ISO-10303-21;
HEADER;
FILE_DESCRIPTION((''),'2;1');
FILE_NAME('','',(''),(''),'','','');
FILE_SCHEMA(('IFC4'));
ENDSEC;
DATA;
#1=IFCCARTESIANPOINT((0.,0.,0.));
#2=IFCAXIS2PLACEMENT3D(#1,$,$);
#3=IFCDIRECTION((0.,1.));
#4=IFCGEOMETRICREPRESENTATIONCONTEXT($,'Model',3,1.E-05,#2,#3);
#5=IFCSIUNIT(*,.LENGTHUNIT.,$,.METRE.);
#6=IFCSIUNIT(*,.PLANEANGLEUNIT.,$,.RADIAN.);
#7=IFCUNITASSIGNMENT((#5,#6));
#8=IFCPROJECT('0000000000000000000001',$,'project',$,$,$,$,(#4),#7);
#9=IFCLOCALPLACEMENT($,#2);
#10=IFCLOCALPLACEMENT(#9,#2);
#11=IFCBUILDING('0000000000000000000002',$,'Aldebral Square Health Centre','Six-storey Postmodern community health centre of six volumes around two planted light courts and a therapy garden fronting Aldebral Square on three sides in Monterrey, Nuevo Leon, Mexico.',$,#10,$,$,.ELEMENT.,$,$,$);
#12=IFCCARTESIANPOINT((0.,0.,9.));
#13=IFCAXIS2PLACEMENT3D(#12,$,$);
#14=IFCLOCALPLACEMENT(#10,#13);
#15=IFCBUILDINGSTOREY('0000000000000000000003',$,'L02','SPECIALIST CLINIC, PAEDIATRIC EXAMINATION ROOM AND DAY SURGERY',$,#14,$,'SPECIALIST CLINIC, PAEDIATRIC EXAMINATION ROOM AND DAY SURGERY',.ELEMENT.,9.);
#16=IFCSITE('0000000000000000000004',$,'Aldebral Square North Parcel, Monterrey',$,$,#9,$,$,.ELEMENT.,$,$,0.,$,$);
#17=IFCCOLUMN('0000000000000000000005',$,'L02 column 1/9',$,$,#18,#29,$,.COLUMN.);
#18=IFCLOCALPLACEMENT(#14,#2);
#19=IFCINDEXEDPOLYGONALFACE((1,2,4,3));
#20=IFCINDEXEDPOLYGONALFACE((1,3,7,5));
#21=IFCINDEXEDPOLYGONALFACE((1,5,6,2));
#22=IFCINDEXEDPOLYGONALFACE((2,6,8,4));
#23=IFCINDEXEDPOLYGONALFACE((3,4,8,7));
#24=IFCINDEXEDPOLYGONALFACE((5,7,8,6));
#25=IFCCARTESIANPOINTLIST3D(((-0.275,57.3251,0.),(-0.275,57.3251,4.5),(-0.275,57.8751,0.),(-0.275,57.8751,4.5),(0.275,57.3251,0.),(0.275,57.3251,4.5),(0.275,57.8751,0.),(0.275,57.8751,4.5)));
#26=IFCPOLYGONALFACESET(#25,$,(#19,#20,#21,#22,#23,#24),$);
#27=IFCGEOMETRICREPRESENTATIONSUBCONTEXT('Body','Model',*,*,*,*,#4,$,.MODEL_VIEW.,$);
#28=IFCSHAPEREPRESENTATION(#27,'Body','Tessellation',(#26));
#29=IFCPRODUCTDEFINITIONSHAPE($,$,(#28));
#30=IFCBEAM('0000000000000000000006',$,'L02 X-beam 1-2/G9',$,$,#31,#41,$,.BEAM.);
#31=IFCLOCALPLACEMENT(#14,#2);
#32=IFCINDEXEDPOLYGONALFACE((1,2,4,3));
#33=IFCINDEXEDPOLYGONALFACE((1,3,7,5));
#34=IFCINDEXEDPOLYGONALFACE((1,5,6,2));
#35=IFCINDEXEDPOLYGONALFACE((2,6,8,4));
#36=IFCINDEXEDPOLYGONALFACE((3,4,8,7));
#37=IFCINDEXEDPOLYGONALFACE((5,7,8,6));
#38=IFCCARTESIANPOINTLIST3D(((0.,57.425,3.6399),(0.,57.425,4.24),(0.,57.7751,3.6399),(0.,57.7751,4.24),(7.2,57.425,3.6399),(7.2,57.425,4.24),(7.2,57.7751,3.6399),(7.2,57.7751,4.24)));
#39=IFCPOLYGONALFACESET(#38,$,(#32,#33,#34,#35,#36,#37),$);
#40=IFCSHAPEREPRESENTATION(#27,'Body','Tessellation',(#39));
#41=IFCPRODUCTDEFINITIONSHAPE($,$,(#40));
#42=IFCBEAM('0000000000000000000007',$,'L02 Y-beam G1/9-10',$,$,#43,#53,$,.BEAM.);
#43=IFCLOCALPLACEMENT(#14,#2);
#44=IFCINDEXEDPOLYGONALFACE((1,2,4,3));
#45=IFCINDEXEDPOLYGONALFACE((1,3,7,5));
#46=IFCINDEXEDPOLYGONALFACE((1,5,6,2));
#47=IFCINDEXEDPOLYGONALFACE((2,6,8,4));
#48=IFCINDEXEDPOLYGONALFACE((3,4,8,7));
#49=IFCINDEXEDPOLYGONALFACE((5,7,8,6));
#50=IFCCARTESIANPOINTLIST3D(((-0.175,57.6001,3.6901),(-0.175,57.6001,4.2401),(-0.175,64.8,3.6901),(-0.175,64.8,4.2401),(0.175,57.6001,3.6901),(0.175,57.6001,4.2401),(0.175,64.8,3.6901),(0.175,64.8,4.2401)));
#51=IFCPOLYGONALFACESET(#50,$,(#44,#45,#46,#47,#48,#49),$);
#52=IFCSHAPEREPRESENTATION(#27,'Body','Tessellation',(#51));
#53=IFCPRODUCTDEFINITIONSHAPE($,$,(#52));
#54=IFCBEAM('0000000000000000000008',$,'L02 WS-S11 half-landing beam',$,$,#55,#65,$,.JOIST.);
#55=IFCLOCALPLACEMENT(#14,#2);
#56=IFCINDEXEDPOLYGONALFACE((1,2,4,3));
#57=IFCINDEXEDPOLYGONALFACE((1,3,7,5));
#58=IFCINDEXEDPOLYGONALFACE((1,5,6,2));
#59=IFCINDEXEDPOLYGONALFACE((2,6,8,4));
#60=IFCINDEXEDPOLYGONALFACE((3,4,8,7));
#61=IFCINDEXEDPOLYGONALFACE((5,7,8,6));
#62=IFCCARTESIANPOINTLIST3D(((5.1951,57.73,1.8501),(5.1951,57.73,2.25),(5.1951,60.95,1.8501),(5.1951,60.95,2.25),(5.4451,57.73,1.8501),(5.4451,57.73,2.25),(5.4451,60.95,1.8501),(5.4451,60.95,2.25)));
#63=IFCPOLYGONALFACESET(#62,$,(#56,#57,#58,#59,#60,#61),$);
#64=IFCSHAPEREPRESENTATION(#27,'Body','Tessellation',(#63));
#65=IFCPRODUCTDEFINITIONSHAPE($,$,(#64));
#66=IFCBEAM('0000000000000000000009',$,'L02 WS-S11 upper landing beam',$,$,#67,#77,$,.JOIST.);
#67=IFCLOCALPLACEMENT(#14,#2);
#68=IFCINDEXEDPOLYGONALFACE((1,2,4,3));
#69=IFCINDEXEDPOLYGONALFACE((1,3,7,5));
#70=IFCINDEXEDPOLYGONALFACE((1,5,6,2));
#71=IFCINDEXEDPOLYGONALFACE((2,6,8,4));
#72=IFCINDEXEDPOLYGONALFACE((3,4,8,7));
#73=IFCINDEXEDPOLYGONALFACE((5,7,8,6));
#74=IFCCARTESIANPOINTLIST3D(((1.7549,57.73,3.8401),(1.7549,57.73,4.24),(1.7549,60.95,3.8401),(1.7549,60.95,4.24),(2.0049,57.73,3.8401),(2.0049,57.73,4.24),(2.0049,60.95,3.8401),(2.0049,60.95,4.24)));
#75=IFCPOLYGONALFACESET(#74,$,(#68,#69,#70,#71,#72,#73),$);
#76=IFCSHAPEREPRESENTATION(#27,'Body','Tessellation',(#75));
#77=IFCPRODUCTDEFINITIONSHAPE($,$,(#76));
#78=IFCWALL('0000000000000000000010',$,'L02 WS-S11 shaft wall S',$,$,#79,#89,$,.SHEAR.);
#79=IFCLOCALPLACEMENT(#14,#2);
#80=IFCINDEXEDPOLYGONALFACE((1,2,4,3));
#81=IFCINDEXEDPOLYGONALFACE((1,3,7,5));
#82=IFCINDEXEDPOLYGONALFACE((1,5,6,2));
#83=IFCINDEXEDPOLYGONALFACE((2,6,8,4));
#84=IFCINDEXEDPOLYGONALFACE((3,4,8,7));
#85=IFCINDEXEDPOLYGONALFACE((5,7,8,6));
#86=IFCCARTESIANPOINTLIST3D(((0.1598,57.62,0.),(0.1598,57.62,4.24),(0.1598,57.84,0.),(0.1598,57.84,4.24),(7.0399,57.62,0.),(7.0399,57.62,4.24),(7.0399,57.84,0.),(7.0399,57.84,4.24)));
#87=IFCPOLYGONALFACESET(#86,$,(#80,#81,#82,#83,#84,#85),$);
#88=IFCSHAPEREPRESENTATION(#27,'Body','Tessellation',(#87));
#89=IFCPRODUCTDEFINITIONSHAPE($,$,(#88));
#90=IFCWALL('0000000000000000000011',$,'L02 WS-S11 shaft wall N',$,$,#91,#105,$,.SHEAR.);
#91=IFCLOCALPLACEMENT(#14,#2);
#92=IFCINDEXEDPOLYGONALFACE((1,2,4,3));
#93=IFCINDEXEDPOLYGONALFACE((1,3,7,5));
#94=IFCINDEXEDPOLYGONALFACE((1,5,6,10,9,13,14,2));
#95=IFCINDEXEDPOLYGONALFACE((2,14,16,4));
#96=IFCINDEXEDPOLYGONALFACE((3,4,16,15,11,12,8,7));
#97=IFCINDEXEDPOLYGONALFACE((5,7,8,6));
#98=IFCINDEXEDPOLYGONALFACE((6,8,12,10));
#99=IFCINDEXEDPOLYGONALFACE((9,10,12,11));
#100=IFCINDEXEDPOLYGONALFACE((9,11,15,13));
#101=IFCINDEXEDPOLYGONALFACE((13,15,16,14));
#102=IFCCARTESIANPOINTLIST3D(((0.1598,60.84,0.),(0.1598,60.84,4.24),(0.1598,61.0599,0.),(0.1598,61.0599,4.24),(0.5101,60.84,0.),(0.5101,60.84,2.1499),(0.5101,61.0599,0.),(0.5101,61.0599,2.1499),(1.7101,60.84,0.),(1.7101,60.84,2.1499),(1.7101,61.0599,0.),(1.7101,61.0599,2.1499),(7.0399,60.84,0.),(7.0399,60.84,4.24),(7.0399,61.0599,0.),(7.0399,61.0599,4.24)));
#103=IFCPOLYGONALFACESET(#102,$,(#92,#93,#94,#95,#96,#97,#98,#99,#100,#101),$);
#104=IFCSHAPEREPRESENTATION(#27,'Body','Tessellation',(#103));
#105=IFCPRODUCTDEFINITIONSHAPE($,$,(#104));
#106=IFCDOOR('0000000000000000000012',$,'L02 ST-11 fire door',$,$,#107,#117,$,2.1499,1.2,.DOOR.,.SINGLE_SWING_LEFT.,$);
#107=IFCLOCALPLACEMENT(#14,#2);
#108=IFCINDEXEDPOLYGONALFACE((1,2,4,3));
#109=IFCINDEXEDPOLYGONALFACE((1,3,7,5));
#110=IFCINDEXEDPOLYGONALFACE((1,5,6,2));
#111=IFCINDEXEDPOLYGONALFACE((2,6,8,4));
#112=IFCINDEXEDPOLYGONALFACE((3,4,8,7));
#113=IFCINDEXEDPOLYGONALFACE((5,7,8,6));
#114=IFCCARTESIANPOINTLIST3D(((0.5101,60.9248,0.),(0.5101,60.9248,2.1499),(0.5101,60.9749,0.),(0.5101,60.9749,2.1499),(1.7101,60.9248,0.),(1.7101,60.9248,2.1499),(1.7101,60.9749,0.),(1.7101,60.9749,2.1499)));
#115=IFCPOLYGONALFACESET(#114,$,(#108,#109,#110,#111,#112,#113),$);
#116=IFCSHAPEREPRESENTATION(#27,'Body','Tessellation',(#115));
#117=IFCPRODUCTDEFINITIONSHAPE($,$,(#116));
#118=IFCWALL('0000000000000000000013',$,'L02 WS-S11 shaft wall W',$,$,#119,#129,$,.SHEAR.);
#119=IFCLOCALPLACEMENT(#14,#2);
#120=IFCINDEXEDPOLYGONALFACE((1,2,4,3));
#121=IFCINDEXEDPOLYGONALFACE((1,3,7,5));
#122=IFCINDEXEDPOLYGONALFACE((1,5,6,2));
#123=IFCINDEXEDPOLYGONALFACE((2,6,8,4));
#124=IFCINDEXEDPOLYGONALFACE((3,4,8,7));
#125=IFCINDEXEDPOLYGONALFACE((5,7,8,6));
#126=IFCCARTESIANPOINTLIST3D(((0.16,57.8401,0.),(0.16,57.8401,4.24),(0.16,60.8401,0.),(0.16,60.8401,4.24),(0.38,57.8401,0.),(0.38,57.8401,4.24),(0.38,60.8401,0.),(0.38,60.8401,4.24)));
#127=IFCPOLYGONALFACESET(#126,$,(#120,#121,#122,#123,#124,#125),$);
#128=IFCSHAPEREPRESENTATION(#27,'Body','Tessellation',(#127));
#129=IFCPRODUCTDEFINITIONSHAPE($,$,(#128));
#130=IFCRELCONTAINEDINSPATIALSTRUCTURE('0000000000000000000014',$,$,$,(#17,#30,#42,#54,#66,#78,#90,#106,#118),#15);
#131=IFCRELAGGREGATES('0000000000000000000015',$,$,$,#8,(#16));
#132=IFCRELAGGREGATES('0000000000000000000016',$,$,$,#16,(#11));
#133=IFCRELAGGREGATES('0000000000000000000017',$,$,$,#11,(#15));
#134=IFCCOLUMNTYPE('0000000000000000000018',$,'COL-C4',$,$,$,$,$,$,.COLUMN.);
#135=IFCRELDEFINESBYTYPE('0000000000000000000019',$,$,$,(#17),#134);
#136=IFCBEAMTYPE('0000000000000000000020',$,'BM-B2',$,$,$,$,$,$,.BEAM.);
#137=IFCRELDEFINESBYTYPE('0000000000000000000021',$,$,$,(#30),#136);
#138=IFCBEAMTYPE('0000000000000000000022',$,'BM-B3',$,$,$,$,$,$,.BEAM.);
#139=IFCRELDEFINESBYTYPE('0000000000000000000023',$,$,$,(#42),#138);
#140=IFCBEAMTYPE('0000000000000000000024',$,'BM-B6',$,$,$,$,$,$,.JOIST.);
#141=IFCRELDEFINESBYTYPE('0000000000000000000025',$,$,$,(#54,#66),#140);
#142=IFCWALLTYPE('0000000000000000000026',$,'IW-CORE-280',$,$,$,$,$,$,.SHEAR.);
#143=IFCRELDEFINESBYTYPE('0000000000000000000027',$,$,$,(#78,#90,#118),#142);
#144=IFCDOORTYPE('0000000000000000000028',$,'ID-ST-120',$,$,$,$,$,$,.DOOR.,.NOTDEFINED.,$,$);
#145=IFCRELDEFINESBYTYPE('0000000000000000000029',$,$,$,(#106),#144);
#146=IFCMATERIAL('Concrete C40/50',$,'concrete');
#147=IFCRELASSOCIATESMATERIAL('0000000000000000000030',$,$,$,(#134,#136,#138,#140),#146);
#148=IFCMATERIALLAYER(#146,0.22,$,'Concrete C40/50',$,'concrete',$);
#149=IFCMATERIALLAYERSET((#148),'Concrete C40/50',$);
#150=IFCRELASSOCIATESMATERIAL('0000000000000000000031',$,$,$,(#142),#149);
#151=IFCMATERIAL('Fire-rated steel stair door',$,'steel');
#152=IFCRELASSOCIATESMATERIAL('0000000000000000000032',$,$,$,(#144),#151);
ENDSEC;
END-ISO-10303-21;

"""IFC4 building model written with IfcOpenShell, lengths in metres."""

from ifc_helpers import new_model, si_unit, direction, frame, frame_2d, origin, origin_2d, place, context, subcontext, project, spatial, rectangle, extrude, material, layer, layer_set, material_profile, profile_set, type_object, element, fill, save


model = new_model("IFC4")

# Units and contexts
model_context = context("Model", 3, precision=1e-05, world=origin(), true_north=direction((0.0, 1.0)))
body_context = subcontext(model_context, "Body", "Model", "MODEL_VIEW")
ifc_project = project(units=[si_unit("LENGTHUNIT", "METRE"), si_unit("PLANEANGLEUNIT", "RADIAN")], contexts=[model_context])

# Site, building, storey
site_placement = place(None, origin())
site = spatial("IfcSite", under=ifc_project, at=site_placement, Name="Aldebral Square North Parcel, Monterrey", CompositionType="ELEMENT", RefElevation=0.0)
building_placement = place(site_placement, origin())
building = spatial("IfcBuilding", under=site, at=building_placement, Name="Aldebral Square Health Centre", Description="Six-storey Postmodern community health centre of six volumes around two planted light courts and a therapy garden fronting Aldebral Square on three sides in Monterrey, Nuevo Leon, Mexico.", CompositionType="ELEMENT")
storey_placement = place(building_placement, frame((0.0, 0.0, 9.0)))
storey = spatial("IfcBuildingStorey", under=building, at=storey_placement, Name="L02", Description="SPECIALIST CLINIC, PAEDIATRIC EXAMINATION ROOM AND DAY SURGERY", LongName="SPECIALIST CLINIC, PAEDIATRIC EXAMINATION ROOM AND DAY SURGERY", CompositionType="ELEMENT", Elevation=9.0)

# Column
ifc_material_1 = material(Name="Concrete C40/50", Category="concrete")
ifc_material_profile_1 = material_profile(ifc_material_1, rectangle(XDim=0.55, YDim=0.55, at=origin_2d()), Name="RC 550x550")
ifc_profile_set_1 = profile_set([ifc_material_profile_1], Name="Concrete C40/50")
column_type = type_object("IfcColumnType", Name="COL-C4", PredefinedType="COLUMN", material=ifc_profile_set_1)
column_placement = place(storey_placement, frame((0.0, 57.6001, 0.0), z_axis=(0.0, 0.0, 1.0), x_axis=(1.0, 0.0, 0.0)))
element("IfcColumn", 1, at=column_placement, inside=storey, type_object=column_type, Name="L02 column 1/9", PredefinedType="COLUMN", context=body_context, shape_type="SweptSolid", body=[
    extrude(rectangle(XDim=0.55, YDim=0.55, at=origin_2d()), origin(), (0.0, 0.0, 1.0), 4.5),
])

# Beams
ifc_material_profile_2 = material_profile(ifc_material_1, rectangle(XDim=0.3501, YDim=0.6001, at=origin_2d()), Name="RC 350x600")
ifc_profile_set_2 = profile_set([ifc_material_profile_2], Name="Concrete C40/50")
beam_type_1 = type_object("IfcBeamType", Name="BM-B2", PredefinedType="BEAM", material=ifc_profile_set_2)
beam_1_placement = place(storey_placement, frame((0.0, 57.6001, 3.9399), z_axis=(1.0, 0.0, 0.0), x_axis=(0.0, 1.0, 0.0)))
element("IfcBeam", 2, at=beam_1_placement, inside=storey, type_object=beam_type_1, Name="L02 X-beam 1-2/G9", PredefinedType="BEAM", context=body_context, shape_type="SweptSolid", body=[
    extrude(rectangle(XDim=0.3501, YDim=0.6001, at=origin_2d()), origin(), (0.0, 0.0, 1.0), 7.2),
])
ifc_material_profile_3 = material_profile(ifc_material_1, rectangle(XDim=0.3501, YDim=0.55, at=origin_2d()), Name="RC 350x550")
ifc_profile_set_3 = profile_set([ifc_material_profile_3], Name="Concrete C40/50")
beam_type_2 = type_object("IfcBeamType", Name="BM-B3", PredefinedType="BEAM", material=ifc_profile_set_3)
beam_2_placement = place(storey_placement, frame((0.0, 57.6001, 3.9651), z_axis=(0.0, 1.0, 0.0), x_axis=(-1.0, 0.0, 0.0)))
element("IfcBeam", 3, at=beam_2_placement, inside=storey, type_object=beam_type_2, Name="L02 Y-beam G1/9-10", PredefinedType="BEAM", context=body_context, shape_type="SweptSolid", body=[
    extrude(rectangle(XDim=0.3501, YDim=0.55, at=origin_2d()), origin(), (0.0, 0.0, 1.0), 7.2),
])
ifc_material_profile_4 = material_profile(ifc_material_1, rectangle(XDim=0.25, YDim=0.3999, at=origin_2d()), Name="RC 250x400")
ifc_profile_set_4 = profile_set([ifc_material_profile_4], Name="Concrete C40/50")
beam_type_3 = type_object("IfcBeamType", Name="BM-B6", PredefinedType="JOIST", material=ifc_profile_set_4)
for number, where, z_axis, x_axis, name in (
    (4, (5.3201, 57.73, 2.05), (0.0, 1.0, 0.0), (-1.0, 0.0, 0.0), "L02 WS-S11 half-landing beam"),
    (5, (1.8799, 57.73, 4.04), (0.0, 1.0, 0.0), (-1.0, 0.0, 0.0), "L02 WS-S11 upper landing beam"),
):
    element("IfcBeam", number, at=place(storey_placement, frame(where, z_axis=z_axis, x_axis=x_axis)), inside=storey, type_object=beam_type_3, Name=name, PredefinedType="JOIST", context=body_context, shape_type="SweptSolid", body=[
        extrude(rectangle(XDim=0.25, YDim=0.3999, at=origin_2d()), origin(), (0.0, 0.0, 1.0), 3.22),
    ])

# Wall
ifc_layer = layer(ifc_material_1, 0.22, Name="Concrete C40/50", Category="concrete")
ifc_layer_set = layer_set([ifc_layer], Name="Concrete C40/50")
wall_type = type_object("IfcWallType", Name="IW-CORE-280", PredefinedType="SHEAR", material=ifc_layer_set)
wall_1_placement = place(storey_placement, frame((0.1599, 57.73, 0.0), z_axis=(0.0, 0.0, 1.0), x_axis=(1.0, 0.0, 0.0)))
element("IfcWall", 6, at=wall_1_placement, inside=storey, type_object=wall_type, Name="L02 WS-S11 shaft wall S", PredefinedType="SHEAR", context=body_context, shape_type="SweptSolid", body=[
    extrude(rectangle(XDim=6.8801, YDim=0.22, at=frame_2d((3.4399, 0.0))), origin(), (0.0, 0.0, 1.0), 4.24),
])

# Wall, opening, door
wall_2_placement = place(storey_placement, frame((0.1599, 60.95, 0.0), z_axis=(0.0, 0.0, 1.0), x_axis=(1.0, 0.0, 0.0)))
wall_2 = element("IfcWall", 7, at=wall_2_placement, inside=storey, type_object=wall_type, Name="L02 WS-S11 shaft wall N", PredefinedType="SHEAR", context=body_context, shape_type="SweptSolid", body=[
    extrude(rectangle(XDim=6.8801, YDim=0.22, at=frame_2d((3.4399, 0.0))), origin(), (0.0, 0.0, 1.0), 4.24),
])
opening_placement = place(wall_2_placement, frame((0.3501, 0.0, 0.0)))
opening = element("IfcOpeningElement", 8, at=opening_placement, cuts=wall_2, PredefinedType="OPENING", context=body_context, shape_type="SweptSolid", body=[
    extrude(rectangle(XDim=1.2, YDim=2.1499, at=frame_2d((0.6001, 1.075))), frame((0.0, 0.1201, 0.0), z_axis=(0.0, -1.0, 0.0), x_axis=(1.0, 0.0, 0.0)), (0.0, 0.0, 1.0), 0.24),
])
ifc_material_2 = material(Name="Fire-rated steel stair door", Category="steel")
door_type = type_object("IfcDoorType", Name="ID-ST-120", OperationType="NOTDEFINED", PredefinedType="DOOR", material=ifc_material_2)
door_placement = place(opening_placement, origin())
door = element("IfcDoor", 9, at=door_placement, inside=storey, type_object=door_type, Name="L02 ST-11 fire door", OperationType="SINGLE_SWING_LEFT", OverallHeight=2.1499, OverallWidth=1.2, PredefinedType="DOOR", context=body_context, shape_type="SweptSolid", body=[
    extrude(rectangle(XDim=1.2, YDim=2.1499, at=frame_2d((0.6001, 1.075))), frame((0.0, 0.0249, 0.0), z_axis=(0.0, -1.0, 0.0), x_axis=(1.0, 0.0, 0.0)), (0.0, 0.0, 1.0), 0.05),
])
fill(opening, door)

# Wall
wall_3_placement = place(storey_placement, frame((0.27, 57.8401, 0.0), z_axis=(0.0, 0.0, 1.0), x_axis=(0.0, 1.0, 0.0)))
element("IfcWall", 10, at=wall_3_placement, inside=storey, type_object=wall_type, Name="L02 WS-S11 shaft wall W", PredefinedType="SHEAR", context=body_context, shape_type="SweptSolid", body=[
    extrude(rectangle(XDim=3.0, YDim=0.22, at=frame_2d((1.5, 0.0))), origin(), (0.0, 0.0, 1.0), 4.24),
])

save(model, "model.ifc")
